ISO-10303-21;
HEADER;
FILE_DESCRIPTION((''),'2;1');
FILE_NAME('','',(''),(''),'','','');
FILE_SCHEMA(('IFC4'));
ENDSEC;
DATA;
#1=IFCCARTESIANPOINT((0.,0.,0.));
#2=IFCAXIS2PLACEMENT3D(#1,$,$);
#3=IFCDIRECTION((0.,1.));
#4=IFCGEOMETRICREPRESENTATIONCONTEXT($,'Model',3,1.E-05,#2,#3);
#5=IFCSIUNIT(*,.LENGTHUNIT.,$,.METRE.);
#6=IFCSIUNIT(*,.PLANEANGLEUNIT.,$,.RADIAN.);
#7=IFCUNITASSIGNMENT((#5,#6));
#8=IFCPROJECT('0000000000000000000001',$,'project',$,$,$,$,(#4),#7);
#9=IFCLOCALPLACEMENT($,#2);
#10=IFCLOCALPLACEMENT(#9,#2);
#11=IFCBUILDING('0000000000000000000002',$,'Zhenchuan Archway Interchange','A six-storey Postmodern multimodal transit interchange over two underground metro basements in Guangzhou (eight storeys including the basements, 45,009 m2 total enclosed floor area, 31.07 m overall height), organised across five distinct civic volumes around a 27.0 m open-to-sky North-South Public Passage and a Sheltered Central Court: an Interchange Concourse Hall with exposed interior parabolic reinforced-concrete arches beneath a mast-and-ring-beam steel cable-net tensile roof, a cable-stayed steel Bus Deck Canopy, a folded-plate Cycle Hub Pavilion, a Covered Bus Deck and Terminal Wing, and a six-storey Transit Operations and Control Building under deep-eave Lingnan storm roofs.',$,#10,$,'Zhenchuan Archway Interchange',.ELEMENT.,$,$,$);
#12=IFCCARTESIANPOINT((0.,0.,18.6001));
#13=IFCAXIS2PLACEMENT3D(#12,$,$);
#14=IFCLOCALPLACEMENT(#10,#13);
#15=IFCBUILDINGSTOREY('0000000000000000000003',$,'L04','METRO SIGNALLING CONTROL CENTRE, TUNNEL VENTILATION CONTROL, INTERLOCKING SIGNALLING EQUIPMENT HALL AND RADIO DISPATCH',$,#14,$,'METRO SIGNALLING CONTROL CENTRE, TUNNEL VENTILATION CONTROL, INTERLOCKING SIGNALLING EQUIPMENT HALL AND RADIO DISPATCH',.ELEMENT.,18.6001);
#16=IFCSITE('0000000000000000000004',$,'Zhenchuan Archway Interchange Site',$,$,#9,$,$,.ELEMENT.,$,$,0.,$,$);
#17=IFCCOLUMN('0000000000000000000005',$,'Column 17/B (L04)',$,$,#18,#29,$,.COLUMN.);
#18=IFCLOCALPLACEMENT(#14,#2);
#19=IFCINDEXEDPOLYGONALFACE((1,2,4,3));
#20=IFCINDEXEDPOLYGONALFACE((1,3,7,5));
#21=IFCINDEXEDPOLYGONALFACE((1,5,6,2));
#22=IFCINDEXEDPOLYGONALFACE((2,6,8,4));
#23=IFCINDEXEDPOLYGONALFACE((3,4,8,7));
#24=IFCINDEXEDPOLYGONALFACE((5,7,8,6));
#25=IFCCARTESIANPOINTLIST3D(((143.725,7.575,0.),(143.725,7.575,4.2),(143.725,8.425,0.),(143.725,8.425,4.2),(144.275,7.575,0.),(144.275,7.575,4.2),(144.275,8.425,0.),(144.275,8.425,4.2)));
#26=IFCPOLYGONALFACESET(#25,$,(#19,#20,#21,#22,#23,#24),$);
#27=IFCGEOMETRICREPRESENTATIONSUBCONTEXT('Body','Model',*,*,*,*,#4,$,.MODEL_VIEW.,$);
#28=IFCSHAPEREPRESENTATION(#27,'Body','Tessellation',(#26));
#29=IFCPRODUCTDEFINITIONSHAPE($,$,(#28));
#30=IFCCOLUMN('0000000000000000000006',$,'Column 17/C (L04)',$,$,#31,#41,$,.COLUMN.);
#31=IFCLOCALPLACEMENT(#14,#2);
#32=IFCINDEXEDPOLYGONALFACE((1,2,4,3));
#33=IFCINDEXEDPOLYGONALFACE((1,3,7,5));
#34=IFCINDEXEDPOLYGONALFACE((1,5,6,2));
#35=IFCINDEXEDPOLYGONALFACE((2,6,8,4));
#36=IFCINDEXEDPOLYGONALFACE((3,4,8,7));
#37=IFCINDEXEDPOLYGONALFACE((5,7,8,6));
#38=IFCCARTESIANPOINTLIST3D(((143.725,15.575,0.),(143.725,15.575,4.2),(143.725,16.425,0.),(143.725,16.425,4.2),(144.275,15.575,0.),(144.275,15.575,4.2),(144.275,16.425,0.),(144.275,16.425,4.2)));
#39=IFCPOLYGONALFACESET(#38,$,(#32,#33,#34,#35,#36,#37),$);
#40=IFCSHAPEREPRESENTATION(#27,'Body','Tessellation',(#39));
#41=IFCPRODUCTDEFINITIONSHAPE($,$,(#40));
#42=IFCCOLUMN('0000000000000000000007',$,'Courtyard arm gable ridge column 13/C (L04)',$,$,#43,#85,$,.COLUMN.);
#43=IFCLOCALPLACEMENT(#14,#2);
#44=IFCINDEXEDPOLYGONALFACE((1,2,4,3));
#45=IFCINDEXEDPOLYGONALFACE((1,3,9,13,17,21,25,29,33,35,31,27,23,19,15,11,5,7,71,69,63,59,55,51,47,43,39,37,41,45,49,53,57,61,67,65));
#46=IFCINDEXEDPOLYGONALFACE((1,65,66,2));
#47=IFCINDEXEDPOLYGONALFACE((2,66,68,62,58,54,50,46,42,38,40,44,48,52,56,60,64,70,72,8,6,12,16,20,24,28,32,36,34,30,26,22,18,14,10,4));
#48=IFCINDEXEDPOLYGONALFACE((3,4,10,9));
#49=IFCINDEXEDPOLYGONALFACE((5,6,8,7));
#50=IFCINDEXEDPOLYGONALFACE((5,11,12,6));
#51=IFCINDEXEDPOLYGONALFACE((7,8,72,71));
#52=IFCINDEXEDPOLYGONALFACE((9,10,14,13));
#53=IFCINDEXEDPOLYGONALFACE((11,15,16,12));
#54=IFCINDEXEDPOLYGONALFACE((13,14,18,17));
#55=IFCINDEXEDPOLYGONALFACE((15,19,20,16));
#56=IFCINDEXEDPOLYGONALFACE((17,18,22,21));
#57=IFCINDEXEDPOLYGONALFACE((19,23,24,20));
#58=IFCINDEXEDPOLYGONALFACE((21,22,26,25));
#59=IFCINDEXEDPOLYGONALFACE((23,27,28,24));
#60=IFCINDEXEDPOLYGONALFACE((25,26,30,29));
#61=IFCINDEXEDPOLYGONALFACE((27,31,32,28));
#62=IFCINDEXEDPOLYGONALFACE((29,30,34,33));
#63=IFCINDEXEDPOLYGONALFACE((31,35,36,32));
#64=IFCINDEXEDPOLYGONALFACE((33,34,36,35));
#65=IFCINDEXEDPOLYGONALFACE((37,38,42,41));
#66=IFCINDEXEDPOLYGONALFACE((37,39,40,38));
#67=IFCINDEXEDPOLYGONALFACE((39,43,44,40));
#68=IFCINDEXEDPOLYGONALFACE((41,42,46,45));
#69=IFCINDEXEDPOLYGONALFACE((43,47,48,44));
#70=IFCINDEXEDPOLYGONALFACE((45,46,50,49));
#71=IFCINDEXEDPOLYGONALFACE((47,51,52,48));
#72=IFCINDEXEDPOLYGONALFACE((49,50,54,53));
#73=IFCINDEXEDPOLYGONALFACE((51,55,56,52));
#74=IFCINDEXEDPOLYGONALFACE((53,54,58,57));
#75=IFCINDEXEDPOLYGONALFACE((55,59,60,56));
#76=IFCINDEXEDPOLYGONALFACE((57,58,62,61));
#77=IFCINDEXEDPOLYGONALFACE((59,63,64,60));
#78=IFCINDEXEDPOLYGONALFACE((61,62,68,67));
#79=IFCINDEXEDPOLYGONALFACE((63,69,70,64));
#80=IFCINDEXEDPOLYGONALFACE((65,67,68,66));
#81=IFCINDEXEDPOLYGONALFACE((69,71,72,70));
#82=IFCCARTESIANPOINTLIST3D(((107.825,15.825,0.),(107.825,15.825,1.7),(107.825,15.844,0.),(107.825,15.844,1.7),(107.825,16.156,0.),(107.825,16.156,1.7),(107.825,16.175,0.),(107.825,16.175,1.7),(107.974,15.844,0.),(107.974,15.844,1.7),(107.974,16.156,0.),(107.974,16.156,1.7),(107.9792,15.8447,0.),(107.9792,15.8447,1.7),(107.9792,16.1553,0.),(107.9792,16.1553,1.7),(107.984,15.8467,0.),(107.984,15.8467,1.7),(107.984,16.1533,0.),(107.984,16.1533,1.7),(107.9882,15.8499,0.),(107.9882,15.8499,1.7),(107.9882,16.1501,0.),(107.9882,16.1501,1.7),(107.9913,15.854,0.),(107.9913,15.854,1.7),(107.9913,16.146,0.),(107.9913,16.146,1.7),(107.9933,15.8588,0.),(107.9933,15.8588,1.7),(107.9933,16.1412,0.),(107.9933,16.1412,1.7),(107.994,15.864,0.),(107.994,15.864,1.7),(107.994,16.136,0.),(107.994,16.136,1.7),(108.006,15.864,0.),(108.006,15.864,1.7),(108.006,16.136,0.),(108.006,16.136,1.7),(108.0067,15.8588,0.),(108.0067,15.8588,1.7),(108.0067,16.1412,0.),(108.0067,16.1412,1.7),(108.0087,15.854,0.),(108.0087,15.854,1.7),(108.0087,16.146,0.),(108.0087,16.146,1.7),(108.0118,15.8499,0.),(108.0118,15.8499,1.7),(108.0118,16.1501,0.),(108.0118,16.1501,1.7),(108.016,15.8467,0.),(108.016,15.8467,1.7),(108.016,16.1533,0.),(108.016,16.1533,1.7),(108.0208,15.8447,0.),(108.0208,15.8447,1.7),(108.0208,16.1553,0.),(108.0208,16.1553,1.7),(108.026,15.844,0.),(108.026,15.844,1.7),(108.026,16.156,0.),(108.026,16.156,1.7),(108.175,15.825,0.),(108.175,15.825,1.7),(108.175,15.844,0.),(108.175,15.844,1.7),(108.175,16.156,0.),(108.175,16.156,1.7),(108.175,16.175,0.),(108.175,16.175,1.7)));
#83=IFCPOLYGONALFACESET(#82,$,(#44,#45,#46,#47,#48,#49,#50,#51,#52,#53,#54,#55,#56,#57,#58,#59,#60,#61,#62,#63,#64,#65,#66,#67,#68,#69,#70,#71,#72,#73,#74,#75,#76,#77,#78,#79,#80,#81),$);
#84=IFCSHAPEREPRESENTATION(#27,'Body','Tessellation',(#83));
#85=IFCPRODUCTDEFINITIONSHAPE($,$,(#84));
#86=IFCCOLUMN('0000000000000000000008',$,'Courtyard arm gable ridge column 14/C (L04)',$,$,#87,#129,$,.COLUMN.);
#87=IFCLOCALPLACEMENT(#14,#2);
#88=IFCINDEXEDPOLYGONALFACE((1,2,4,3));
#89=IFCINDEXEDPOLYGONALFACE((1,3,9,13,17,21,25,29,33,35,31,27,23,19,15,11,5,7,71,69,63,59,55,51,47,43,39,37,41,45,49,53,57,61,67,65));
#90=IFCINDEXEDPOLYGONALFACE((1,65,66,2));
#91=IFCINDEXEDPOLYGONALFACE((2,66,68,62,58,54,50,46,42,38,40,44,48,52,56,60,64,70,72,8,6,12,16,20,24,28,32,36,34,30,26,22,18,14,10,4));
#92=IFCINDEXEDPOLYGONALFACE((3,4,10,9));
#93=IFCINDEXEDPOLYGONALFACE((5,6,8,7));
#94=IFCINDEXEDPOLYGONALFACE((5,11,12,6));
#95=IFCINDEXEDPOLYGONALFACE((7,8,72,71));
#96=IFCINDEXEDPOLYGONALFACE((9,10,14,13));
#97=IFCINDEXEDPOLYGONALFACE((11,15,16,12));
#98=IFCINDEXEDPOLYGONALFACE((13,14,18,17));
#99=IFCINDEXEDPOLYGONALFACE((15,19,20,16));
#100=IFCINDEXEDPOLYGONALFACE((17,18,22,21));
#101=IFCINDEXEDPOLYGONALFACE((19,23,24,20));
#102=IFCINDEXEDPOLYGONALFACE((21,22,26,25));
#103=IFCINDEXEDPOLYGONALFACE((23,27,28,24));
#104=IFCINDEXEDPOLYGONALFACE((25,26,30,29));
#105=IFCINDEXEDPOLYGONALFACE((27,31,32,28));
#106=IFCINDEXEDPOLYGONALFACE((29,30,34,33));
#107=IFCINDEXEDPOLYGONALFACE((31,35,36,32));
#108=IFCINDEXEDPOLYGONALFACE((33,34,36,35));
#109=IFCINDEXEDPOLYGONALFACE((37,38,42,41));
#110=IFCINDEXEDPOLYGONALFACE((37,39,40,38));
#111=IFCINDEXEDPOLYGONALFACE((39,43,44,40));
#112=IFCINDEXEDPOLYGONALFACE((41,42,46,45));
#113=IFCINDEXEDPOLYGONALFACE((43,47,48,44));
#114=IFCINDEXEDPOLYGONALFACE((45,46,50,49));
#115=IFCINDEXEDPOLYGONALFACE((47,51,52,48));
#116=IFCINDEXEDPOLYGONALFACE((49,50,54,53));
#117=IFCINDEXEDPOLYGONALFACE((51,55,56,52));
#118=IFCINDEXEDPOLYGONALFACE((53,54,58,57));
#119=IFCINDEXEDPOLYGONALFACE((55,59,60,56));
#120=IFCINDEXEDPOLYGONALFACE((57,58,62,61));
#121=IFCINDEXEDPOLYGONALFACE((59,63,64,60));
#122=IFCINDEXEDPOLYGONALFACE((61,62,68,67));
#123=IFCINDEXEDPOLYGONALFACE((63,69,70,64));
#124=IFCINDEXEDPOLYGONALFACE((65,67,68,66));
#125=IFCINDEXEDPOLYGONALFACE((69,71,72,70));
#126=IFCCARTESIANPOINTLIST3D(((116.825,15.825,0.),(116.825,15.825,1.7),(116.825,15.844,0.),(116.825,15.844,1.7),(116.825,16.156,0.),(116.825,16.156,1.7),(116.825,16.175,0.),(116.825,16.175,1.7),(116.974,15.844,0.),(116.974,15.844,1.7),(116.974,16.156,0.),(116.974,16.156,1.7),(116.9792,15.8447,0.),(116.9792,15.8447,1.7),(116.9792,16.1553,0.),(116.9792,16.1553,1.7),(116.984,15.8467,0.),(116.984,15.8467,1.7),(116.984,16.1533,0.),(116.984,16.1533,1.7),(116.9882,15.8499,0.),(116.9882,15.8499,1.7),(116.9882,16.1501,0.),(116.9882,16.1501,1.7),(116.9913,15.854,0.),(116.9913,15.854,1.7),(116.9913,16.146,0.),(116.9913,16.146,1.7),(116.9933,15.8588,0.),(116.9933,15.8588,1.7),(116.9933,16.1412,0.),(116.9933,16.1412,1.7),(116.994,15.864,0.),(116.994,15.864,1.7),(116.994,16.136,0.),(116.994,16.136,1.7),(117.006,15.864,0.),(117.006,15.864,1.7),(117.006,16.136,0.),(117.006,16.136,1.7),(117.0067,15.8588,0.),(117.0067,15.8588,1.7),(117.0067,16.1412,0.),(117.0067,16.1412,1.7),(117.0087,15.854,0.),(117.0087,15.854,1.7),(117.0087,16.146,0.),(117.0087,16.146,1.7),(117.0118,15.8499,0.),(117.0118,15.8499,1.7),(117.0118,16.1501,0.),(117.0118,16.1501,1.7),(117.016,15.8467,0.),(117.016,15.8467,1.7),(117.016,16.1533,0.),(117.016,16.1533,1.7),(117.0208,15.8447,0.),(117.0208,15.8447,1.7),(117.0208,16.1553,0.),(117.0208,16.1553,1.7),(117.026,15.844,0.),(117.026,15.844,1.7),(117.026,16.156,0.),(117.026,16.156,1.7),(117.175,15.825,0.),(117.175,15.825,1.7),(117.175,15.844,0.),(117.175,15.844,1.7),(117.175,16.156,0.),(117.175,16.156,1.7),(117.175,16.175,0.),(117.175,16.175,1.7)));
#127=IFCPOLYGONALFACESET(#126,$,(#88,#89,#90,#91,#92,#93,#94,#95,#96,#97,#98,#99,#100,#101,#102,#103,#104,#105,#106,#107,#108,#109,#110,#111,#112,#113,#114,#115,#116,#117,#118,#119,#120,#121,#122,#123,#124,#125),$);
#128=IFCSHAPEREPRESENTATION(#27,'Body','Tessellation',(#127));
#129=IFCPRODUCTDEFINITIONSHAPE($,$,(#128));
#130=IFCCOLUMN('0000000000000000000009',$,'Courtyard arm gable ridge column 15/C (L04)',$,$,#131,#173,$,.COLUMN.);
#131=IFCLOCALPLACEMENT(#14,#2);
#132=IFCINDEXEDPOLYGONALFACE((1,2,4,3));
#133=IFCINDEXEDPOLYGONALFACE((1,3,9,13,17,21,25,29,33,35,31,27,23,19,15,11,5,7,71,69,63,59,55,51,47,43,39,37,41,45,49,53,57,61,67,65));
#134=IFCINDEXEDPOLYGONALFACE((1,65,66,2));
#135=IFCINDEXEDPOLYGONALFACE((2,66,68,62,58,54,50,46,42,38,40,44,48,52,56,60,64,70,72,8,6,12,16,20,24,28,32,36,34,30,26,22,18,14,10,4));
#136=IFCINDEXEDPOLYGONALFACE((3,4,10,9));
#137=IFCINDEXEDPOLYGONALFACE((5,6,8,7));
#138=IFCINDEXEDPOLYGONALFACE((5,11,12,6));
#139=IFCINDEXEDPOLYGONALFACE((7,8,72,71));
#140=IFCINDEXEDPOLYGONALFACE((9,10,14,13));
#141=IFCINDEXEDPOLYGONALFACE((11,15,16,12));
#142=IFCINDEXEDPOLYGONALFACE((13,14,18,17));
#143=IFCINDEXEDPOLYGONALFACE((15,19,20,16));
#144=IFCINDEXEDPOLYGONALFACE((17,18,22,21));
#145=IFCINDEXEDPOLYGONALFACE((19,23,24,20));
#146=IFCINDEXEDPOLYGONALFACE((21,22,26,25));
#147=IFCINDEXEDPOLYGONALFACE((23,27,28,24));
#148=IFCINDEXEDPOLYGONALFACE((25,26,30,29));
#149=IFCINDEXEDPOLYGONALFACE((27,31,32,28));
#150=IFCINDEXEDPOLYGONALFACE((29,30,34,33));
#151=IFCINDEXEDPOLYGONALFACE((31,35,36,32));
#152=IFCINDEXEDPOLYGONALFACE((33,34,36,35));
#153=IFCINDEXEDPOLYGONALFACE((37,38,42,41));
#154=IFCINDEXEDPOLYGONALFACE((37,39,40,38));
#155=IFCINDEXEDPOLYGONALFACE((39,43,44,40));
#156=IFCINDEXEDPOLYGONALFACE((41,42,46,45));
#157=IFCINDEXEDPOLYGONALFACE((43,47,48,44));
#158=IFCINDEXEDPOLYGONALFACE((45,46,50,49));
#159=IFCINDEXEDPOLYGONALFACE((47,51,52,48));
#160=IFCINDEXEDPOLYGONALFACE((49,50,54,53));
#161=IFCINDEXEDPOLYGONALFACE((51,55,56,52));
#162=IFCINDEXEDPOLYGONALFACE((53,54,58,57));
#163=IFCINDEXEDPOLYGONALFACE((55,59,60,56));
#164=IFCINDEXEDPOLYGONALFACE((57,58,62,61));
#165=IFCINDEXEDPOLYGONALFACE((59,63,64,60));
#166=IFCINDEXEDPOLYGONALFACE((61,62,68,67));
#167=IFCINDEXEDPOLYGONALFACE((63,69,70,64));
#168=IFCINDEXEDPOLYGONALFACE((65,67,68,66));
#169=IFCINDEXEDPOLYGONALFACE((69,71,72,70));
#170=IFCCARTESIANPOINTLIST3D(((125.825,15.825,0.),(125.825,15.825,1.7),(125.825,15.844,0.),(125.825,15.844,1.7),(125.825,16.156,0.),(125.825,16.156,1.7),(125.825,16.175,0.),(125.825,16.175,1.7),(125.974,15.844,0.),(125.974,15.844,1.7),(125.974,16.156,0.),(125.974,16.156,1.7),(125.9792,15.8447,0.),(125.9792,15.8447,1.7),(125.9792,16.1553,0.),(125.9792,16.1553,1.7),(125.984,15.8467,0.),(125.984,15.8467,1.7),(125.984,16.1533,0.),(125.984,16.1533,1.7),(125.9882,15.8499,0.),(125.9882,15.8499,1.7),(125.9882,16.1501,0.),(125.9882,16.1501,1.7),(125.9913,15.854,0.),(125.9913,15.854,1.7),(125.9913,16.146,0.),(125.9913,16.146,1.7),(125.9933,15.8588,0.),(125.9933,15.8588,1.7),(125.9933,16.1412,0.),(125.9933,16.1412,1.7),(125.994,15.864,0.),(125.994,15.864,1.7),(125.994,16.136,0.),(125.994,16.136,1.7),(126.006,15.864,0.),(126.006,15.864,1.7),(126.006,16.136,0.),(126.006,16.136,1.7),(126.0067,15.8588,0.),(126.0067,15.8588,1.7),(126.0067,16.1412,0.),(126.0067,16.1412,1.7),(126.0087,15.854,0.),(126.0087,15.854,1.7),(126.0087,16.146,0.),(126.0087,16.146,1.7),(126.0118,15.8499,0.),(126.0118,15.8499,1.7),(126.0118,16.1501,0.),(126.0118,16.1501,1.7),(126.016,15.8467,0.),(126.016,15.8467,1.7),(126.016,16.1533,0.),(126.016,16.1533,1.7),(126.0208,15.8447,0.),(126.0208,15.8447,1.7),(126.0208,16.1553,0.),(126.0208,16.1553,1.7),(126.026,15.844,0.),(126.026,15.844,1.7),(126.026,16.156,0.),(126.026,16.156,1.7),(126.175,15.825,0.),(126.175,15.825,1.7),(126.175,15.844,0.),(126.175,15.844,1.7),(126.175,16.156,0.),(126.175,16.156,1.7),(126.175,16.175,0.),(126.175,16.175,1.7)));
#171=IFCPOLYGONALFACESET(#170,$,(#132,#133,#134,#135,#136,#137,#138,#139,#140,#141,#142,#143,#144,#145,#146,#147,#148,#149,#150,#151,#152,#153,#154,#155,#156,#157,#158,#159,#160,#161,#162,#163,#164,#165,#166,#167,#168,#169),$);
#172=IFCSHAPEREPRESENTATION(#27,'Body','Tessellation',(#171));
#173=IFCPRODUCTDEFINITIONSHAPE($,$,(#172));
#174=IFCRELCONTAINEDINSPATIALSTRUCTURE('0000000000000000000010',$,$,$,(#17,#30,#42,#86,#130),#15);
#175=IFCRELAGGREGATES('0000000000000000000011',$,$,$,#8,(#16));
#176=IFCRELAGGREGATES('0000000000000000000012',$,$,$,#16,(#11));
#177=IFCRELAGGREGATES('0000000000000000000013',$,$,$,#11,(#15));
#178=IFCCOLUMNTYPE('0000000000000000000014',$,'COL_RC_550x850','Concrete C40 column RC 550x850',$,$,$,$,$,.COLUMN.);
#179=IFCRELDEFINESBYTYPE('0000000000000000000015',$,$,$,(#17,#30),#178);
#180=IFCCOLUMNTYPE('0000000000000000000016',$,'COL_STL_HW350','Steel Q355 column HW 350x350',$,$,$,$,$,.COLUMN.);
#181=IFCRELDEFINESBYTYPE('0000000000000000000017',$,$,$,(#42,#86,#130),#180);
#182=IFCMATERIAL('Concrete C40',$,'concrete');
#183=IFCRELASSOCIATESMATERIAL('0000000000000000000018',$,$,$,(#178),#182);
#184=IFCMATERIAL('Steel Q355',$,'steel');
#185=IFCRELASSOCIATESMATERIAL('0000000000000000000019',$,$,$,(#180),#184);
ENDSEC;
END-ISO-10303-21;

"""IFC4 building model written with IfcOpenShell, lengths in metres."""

from ifc_helpers import new_model, si_unit, direction, frame, origin, origin_2d, place, context, subcontext, project, spatial, rectangle, i_section, extrude, material, material_profile, profile_set, type_object, element, save


model = new_model("IFC4")

# Units and contexts
model_context = context("Model", 3, precision=1e-05, world=origin(), true_north=direction((0.0, 1.0)))
body_context = subcontext(model_context, "Body", "Model", "MODEL_VIEW")
ifc_project = project(units=[si_unit("LENGTHUNIT", "METRE"), si_unit("PLANEANGLEUNIT", "RADIAN")], contexts=[model_context])

# Site, building, storey
site_placement = place(None, origin())
site = spatial("IfcSite", under=ifc_project, at=site_placement, Name="Zhenchuan Archway Interchange Site", CompositionType="ELEMENT", RefElevation=0.0)
building_placement = place(site_placement, origin())
building = spatial("IfcBuilding", under=site, at=building_placement, Name="Zhenchuan Archway Interchange", Description="A six-storey Postmodern multimodal transit interchange over two underground metro basements in Guangzhou (eight storeys including the basements, 45,009 m2 total enclosed floor area, 31.07 m overall height), organised across five distinct civic volumes around a 27.0 m open-to-sky North-South Public Passage and a Sheltered Central Court: an Interchange Concourse Hall with exposed interior parabolic reinforced-concrete arches beneath a mast-and-ring-beam steel cable-net tensile roof, a cable-stayed steel Bus Deck Canopy, a folded-plate Cycle Hub Pavilion, a Covered Bus Deck and Terminal Wing, and a six-storey Transit Operations and Control Building under deep-eave Lingnan storm roofs.", LongName="Zhenchuan Archway Interchange", CompositionType="ELEMENT")
storey_placement = place(building_placement, frame((0.0, 0.0, 18.6001)))
storey = spatial("IfcBuildingStorey", under=building, at=storey_placement, Name="L04", Description="METRO SIGNALLING CONTROL CENTRE, TUNNEL VENTILATION CONTROL, INTERLOCKING SIGNALLING EQUIPMENT HALL AND RADIO DISPATCH", LongName="METRO SIGNALLING CONTROL CENTRE, TUNNEL VENTILATION CONTROL, INTERLOCKING SIGNALLING EQUIPMENT HALL AND RADIO DISPATCH", CompositionType="ELEMENT", Elevation=18.6001)

# Columns
ifc_material_1 = material(Name="Concrete C40", Category="concrete")
ifc_material_profile_1 = material_profile(ifc_material_1, rectangle(XDim=0.55, YDim=0.8501, at=origin_2d()), Name="RC 550x850")
ifc_profile_set_1 = profile_set([ifc_material_profile_1], Name="Concrete C40")
column_type_1 = type_object("IfcColumnType", Name="COL_RC_550x850", Description="Concrete C40 column RC 550x850", PredefinedType="COLUMN", material=ifc_profile_set_1)
for number, where, z_axis, x_axis, name in (
    (1, (144.0, 8.0, 0.0), (0.0, 0.0, 1.0), (1.0, 0.0, 0.0), "Column 17/B (L04)"),
    (2, (144.0, 16.0, 0.0), (0.0, 0.0, 1.0), (1.0, 0.0, 0.0), "Column 17/C (L04)"),
):
    element("IfcColumn", number, at=place(storey_placement, frame(where, z_axis=z_axis, x_axis=x_axis)), inside=storey, type_object=column_type_1, Name=name, PredefinedType="COLUMN", context=body_context, shape_type="SweptSolid", body=[
        extrude(rectangle(XDim=0.55, YDim=0.8501, at=origin_2d()), origin(), (0.0, 0.0, 1.0), 4.2),
    ])
ifc_material_2 = material(Name="Steel Q355", Category="steel")
ifc_material_profile_2 = material_profile(ifc_material_2, i_section(OverallWidth=0.3501, OverallDepth=0.3501, WebThickness=0.012, FlangeThickness=0.019, FilletRadius=0.02, at=origin_2d()), Name="HW 350x350")
ifc_profile_set_2 = profile_set([ifc_material_profile_2], Name="Steel Q355")
column_type_2 = type_object("IfcColumnType", Name="COL_STL_HW350", Description="Steel Q355 column HW 350x350", PredefinedType="COLUMN", material=ifc_profile_set_2)
for number, where, z_axis, x_axis, name in (
    (3, (108.0, 16.0, 0.0), (0.0, 0.0, 1.0), (1.0, 0.0, 0.0), "Courtyard arm gable ridge column 13/C (L04)"),
    (4, (117.0, 16.0, 0.0), (0.0, 0.0, 1.0), (1.0, 0.0, 0.0), "Courtyard arm gable ridge column 14/C (L04)"),
    (5, (126.0, 16.0, 0.0), (0.0, 0.0, 1.0), (1.0, 0.0, 0.0), "Courtyard arm gable ridge column 15/C (L04)"),
):
    element("IfcColumn", number, at=place(storey_placement, frame(where, z_axis=z_axis, x_axis=x_axis)), inside=storey, type_object=column_type_2, Name=name, PredefinedType="COLUMN", context=body_context, shape_type="SweptSolid", body=[
        extrude(i_section(OverallWidth=0.3501, OverallDepth=0.3501, WebThickness=0.012, FlangeThickness=0.019, FilletRadius=0.02, at=origin_2d()), origin(), (0.0, 0.0, 1.0), 1.7),
    ])

save(model, "model.ifc")
